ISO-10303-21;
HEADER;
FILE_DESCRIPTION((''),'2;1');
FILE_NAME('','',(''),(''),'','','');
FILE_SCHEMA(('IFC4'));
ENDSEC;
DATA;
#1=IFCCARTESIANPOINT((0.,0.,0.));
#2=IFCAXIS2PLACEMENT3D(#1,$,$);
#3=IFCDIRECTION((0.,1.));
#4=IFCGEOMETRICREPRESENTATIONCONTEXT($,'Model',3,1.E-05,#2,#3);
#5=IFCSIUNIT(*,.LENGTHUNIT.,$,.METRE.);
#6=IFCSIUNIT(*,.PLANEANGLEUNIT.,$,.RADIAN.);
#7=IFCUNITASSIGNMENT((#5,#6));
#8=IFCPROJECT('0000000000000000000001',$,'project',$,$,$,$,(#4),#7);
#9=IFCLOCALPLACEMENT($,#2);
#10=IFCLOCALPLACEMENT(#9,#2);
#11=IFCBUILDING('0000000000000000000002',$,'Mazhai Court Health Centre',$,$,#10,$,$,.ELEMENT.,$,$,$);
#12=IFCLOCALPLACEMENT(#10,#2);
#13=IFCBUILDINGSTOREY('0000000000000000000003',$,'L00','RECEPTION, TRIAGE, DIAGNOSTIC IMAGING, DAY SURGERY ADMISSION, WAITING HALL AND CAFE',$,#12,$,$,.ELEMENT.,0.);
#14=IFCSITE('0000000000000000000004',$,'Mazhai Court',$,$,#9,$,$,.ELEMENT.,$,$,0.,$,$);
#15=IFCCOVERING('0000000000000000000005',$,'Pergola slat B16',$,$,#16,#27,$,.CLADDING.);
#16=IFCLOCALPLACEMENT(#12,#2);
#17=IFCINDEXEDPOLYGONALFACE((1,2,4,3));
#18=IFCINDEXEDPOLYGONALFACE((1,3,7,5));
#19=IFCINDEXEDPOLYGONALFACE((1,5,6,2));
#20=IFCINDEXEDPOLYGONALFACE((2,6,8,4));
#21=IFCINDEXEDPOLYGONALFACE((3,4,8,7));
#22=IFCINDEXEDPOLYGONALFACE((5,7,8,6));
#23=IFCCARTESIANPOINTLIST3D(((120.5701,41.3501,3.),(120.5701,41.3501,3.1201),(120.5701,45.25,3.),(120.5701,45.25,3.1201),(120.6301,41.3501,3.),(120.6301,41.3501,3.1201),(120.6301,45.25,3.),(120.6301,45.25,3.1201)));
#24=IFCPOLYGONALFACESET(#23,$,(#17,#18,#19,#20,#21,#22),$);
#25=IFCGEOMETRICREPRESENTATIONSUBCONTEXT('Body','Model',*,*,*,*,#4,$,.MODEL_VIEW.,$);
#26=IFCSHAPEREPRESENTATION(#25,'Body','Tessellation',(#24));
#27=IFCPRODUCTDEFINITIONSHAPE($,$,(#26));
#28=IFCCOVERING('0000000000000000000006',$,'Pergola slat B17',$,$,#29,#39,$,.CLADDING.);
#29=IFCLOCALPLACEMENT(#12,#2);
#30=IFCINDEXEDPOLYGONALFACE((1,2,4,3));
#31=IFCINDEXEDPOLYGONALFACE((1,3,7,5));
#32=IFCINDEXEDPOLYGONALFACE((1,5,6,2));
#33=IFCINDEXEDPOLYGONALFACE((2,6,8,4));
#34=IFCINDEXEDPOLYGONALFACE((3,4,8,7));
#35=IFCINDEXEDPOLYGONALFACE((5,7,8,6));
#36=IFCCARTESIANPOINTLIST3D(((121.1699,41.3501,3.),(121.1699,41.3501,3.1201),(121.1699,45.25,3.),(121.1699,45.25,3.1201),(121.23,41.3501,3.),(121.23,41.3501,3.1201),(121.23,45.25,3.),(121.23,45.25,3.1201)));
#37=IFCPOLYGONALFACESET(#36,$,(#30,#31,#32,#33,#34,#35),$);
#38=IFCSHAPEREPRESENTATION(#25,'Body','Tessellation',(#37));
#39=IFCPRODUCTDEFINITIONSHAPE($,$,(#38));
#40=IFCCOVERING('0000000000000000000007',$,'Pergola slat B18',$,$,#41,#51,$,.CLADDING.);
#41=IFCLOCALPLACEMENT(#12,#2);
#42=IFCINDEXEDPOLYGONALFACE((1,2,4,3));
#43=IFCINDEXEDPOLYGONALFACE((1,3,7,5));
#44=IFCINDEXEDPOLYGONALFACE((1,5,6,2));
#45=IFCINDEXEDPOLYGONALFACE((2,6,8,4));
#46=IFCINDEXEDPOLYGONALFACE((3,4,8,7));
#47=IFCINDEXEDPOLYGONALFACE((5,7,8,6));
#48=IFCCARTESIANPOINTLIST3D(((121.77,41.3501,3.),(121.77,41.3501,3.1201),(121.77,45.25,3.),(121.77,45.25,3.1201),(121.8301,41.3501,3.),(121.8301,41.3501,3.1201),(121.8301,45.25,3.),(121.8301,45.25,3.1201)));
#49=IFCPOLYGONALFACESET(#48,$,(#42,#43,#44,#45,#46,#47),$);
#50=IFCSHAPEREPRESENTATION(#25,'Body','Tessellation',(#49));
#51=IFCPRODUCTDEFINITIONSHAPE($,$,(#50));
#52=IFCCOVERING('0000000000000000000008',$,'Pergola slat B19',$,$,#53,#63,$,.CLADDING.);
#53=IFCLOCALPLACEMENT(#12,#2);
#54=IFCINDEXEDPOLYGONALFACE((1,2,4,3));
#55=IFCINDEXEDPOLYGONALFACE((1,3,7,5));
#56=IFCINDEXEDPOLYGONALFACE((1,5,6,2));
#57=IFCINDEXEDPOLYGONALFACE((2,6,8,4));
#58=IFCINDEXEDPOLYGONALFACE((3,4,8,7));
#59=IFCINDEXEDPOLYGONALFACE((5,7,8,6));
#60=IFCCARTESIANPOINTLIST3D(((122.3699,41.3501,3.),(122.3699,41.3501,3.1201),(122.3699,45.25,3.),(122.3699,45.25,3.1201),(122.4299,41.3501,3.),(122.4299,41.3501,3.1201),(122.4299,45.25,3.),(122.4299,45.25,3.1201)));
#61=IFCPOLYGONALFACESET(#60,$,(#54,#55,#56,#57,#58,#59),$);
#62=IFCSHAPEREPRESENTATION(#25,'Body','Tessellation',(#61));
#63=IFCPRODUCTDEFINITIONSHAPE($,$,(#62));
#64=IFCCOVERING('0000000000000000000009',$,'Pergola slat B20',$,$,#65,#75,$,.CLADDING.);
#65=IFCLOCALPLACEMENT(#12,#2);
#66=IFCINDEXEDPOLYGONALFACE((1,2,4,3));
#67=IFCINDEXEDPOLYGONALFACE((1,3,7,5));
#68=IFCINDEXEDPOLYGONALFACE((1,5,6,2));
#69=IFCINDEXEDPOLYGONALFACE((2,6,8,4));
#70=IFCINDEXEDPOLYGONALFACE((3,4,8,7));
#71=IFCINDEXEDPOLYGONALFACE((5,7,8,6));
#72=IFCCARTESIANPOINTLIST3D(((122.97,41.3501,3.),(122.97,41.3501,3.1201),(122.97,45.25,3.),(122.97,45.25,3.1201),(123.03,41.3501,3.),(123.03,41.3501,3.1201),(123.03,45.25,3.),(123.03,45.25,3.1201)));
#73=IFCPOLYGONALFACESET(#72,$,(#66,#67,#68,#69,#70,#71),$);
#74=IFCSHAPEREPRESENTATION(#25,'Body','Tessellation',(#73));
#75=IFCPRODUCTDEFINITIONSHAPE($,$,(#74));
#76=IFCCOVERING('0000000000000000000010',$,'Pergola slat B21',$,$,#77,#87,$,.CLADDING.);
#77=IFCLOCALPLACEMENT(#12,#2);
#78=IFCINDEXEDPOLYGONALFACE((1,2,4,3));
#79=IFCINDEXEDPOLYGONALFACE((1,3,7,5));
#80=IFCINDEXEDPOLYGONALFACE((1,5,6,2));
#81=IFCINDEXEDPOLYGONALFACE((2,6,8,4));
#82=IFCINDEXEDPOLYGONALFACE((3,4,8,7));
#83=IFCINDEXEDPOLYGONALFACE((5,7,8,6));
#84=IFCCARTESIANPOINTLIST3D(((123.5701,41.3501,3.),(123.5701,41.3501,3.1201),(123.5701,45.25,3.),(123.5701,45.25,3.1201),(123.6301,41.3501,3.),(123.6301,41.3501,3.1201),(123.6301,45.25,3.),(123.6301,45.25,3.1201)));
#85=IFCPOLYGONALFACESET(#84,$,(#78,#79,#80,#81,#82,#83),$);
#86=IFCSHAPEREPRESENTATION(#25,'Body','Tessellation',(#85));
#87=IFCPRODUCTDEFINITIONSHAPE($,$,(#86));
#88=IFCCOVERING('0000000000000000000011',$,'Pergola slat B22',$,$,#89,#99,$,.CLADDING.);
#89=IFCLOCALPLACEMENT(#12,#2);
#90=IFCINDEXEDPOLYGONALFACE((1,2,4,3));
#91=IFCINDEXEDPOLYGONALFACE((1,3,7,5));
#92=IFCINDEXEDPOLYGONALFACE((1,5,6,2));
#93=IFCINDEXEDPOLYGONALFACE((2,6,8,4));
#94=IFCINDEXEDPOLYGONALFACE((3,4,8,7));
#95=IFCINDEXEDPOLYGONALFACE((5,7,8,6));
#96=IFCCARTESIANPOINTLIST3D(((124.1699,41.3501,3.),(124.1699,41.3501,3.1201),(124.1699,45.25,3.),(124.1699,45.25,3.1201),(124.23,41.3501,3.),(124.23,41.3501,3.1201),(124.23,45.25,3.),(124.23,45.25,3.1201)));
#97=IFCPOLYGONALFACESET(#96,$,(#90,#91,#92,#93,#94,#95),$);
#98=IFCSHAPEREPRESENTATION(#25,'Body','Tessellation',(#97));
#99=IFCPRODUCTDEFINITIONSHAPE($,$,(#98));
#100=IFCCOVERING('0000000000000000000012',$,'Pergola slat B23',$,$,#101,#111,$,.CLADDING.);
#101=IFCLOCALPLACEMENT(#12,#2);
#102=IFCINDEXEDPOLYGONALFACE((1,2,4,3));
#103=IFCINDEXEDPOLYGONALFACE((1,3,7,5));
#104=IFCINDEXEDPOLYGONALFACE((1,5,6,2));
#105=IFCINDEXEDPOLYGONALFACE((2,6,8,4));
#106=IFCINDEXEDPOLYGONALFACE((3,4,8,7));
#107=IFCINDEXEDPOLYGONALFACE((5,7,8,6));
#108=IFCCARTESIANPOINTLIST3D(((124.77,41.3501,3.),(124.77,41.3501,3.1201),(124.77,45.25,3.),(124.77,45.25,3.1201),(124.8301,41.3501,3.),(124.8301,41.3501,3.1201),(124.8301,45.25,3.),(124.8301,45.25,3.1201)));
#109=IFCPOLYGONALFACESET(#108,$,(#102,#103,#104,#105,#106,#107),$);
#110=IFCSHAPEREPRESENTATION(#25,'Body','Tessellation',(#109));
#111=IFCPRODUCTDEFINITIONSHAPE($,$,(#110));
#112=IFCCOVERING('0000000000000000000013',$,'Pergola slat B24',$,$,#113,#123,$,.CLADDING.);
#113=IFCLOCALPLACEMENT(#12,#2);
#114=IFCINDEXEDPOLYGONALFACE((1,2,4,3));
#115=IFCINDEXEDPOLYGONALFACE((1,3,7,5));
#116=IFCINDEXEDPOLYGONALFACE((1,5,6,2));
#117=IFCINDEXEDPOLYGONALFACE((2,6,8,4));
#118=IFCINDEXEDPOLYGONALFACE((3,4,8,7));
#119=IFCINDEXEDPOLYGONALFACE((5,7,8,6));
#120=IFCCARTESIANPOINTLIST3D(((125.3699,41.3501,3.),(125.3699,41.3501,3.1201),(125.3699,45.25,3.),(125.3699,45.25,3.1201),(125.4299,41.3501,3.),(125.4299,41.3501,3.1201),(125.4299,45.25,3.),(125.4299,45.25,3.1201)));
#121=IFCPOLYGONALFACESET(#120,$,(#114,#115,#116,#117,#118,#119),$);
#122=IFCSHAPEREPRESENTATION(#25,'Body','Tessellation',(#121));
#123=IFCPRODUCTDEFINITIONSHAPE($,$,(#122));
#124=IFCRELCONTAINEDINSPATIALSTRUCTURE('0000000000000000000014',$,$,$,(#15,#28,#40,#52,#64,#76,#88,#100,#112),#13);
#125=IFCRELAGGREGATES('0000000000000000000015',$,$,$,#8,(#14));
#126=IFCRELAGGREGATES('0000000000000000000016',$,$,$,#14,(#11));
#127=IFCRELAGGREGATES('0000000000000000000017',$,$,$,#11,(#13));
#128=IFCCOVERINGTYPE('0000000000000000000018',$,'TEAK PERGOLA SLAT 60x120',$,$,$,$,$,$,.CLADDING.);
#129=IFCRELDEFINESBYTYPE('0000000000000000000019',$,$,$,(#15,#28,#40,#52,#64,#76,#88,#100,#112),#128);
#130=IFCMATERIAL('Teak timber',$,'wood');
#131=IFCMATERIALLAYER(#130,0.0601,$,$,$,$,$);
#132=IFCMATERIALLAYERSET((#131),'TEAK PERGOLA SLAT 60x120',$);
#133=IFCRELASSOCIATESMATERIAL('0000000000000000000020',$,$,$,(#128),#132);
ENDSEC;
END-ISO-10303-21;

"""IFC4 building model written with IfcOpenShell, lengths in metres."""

from ifc_helpers import new_model, si_unit, direction, frame, origin, origin_2d, place, context, subcontext, project, spatial, rectangle, extrude, material, layer, layer_set, type_object, element, save


model = new_model("IFC4")

# Units and contexts
model_context = context("Model", 3, precision=1e-05, world=origin(), true_north=direction((0.0, 1.0)))
body_context = subcontext(model_context, "Body", "Model", "MODEL_VIEW")
ifc_project = project(units=[si_unit("LENGTHUNIT", "METRE"), si_unit("PLANEANGLEUNIT", "RADIAN")], contexts=[model_context])

# Site, building, storey
site_placement = place(None, origin())
site = spatial("IfcSite", under=ifc_project, at=site_placement, Name="Mazhai Court", CompositionType="ELEMENT", RefElevation=0.0)
building_placement = place(site_placement, origin())
building = spatial("IfcBuilding", under=site, at=building_placement, Name="Mazhai Court Health Centre", CompositionType="ELEMENT")
storey_placement = place(building_placement, origin())
storey = spatial("IfcBuildingStorey", under=building, at=storey_placement, Name="L00", Description="RECEPTION, TRIAGE, DIAGNOSTIC IMAGING, DAY SURGERY ADMISSION, WAITING HALL AND CAFE", CompositionType="ELEMENT", Elevation=0.0)

# Coverings
ifc_material_1 = material(Name="Teak timber", Category="wood")
ifc_layer_1 = layer(ifc_material_1, 0.0601)
ifc_layer_set_1 = layer_set([ifc_layer_1], Name="TEAK PERGOLA SLAT 60x120")
covering_type = type_object("IfcCoveringType", Name="TEAK PERGOLA SLAT 60x120", PredefinedType="CLADDING", material=ifc_layer_set_1)
for number, where, z_axis, x_axis, name in (
    (1, (120.6001, 43.3, 3.0), (0.0, 0.0, 1.0), (1.0, 0.0, 0.0), "Pergola slat B16"),
    (2, (121.2, 43.3, 3.0), (0.0, 0.0, 1.0), (1.0, 0.0, 0.0), "Pergola slat B17"),
    (3, (121.8, 43.3, 3.0), (0.0, 0.0, 1.0), (1.0, 0.0, 0.0), "Pergola slat B18"),
    (4, (122.3999, 43.3, 3.0), (0.0, 0.0, 1.0), (1.0, 0.0, 0.0), "Pergola slat B19"),
    (5, (123.0, 43.3, 3.0), (0.0, 0.0, 1.0), (1.0, 0.0, 0.0), "Pergola slat B20"),
    (6, (123.6001, 43.3, 3.0), (0.0, 0.0, 1.0), (1.0, 0.0, 0.0), "Pergola slat B21"),
    (7, (124.2, 43.3, 3.0), (0.0, 0.0, 1.0), (1.0, 0.0, 0.0), "Pergola slat B22"),
    (8, (124.8, 43.3, 3.0), (0.0, 0.0, 1.0), (1.0, 0.0, 0.0), "Pergola slat B23"),
    (9, (125.3999, 43.3, 3.0), (0.0, 0.0, 1.0), (1.0, 0.0, 0.0), "Pergola slat B24"),
):
    element("IfcCovering", number, at=place(storey_placement, frame(where, z_axis=z_axis, x_axis=x_axis)), inside=storey, type_object=covering_type, Name=name, PredefinedType="CLADDING", context=body_context, shape_type="SweptSolid", body=[
        extrude(rectangle(XDim=0.0601, YDim=3.8999, at=origin_2d()), origin(), (0.0, 0.0, 1.0), 0.1201),
    ])

save(model, "model.ifc")
